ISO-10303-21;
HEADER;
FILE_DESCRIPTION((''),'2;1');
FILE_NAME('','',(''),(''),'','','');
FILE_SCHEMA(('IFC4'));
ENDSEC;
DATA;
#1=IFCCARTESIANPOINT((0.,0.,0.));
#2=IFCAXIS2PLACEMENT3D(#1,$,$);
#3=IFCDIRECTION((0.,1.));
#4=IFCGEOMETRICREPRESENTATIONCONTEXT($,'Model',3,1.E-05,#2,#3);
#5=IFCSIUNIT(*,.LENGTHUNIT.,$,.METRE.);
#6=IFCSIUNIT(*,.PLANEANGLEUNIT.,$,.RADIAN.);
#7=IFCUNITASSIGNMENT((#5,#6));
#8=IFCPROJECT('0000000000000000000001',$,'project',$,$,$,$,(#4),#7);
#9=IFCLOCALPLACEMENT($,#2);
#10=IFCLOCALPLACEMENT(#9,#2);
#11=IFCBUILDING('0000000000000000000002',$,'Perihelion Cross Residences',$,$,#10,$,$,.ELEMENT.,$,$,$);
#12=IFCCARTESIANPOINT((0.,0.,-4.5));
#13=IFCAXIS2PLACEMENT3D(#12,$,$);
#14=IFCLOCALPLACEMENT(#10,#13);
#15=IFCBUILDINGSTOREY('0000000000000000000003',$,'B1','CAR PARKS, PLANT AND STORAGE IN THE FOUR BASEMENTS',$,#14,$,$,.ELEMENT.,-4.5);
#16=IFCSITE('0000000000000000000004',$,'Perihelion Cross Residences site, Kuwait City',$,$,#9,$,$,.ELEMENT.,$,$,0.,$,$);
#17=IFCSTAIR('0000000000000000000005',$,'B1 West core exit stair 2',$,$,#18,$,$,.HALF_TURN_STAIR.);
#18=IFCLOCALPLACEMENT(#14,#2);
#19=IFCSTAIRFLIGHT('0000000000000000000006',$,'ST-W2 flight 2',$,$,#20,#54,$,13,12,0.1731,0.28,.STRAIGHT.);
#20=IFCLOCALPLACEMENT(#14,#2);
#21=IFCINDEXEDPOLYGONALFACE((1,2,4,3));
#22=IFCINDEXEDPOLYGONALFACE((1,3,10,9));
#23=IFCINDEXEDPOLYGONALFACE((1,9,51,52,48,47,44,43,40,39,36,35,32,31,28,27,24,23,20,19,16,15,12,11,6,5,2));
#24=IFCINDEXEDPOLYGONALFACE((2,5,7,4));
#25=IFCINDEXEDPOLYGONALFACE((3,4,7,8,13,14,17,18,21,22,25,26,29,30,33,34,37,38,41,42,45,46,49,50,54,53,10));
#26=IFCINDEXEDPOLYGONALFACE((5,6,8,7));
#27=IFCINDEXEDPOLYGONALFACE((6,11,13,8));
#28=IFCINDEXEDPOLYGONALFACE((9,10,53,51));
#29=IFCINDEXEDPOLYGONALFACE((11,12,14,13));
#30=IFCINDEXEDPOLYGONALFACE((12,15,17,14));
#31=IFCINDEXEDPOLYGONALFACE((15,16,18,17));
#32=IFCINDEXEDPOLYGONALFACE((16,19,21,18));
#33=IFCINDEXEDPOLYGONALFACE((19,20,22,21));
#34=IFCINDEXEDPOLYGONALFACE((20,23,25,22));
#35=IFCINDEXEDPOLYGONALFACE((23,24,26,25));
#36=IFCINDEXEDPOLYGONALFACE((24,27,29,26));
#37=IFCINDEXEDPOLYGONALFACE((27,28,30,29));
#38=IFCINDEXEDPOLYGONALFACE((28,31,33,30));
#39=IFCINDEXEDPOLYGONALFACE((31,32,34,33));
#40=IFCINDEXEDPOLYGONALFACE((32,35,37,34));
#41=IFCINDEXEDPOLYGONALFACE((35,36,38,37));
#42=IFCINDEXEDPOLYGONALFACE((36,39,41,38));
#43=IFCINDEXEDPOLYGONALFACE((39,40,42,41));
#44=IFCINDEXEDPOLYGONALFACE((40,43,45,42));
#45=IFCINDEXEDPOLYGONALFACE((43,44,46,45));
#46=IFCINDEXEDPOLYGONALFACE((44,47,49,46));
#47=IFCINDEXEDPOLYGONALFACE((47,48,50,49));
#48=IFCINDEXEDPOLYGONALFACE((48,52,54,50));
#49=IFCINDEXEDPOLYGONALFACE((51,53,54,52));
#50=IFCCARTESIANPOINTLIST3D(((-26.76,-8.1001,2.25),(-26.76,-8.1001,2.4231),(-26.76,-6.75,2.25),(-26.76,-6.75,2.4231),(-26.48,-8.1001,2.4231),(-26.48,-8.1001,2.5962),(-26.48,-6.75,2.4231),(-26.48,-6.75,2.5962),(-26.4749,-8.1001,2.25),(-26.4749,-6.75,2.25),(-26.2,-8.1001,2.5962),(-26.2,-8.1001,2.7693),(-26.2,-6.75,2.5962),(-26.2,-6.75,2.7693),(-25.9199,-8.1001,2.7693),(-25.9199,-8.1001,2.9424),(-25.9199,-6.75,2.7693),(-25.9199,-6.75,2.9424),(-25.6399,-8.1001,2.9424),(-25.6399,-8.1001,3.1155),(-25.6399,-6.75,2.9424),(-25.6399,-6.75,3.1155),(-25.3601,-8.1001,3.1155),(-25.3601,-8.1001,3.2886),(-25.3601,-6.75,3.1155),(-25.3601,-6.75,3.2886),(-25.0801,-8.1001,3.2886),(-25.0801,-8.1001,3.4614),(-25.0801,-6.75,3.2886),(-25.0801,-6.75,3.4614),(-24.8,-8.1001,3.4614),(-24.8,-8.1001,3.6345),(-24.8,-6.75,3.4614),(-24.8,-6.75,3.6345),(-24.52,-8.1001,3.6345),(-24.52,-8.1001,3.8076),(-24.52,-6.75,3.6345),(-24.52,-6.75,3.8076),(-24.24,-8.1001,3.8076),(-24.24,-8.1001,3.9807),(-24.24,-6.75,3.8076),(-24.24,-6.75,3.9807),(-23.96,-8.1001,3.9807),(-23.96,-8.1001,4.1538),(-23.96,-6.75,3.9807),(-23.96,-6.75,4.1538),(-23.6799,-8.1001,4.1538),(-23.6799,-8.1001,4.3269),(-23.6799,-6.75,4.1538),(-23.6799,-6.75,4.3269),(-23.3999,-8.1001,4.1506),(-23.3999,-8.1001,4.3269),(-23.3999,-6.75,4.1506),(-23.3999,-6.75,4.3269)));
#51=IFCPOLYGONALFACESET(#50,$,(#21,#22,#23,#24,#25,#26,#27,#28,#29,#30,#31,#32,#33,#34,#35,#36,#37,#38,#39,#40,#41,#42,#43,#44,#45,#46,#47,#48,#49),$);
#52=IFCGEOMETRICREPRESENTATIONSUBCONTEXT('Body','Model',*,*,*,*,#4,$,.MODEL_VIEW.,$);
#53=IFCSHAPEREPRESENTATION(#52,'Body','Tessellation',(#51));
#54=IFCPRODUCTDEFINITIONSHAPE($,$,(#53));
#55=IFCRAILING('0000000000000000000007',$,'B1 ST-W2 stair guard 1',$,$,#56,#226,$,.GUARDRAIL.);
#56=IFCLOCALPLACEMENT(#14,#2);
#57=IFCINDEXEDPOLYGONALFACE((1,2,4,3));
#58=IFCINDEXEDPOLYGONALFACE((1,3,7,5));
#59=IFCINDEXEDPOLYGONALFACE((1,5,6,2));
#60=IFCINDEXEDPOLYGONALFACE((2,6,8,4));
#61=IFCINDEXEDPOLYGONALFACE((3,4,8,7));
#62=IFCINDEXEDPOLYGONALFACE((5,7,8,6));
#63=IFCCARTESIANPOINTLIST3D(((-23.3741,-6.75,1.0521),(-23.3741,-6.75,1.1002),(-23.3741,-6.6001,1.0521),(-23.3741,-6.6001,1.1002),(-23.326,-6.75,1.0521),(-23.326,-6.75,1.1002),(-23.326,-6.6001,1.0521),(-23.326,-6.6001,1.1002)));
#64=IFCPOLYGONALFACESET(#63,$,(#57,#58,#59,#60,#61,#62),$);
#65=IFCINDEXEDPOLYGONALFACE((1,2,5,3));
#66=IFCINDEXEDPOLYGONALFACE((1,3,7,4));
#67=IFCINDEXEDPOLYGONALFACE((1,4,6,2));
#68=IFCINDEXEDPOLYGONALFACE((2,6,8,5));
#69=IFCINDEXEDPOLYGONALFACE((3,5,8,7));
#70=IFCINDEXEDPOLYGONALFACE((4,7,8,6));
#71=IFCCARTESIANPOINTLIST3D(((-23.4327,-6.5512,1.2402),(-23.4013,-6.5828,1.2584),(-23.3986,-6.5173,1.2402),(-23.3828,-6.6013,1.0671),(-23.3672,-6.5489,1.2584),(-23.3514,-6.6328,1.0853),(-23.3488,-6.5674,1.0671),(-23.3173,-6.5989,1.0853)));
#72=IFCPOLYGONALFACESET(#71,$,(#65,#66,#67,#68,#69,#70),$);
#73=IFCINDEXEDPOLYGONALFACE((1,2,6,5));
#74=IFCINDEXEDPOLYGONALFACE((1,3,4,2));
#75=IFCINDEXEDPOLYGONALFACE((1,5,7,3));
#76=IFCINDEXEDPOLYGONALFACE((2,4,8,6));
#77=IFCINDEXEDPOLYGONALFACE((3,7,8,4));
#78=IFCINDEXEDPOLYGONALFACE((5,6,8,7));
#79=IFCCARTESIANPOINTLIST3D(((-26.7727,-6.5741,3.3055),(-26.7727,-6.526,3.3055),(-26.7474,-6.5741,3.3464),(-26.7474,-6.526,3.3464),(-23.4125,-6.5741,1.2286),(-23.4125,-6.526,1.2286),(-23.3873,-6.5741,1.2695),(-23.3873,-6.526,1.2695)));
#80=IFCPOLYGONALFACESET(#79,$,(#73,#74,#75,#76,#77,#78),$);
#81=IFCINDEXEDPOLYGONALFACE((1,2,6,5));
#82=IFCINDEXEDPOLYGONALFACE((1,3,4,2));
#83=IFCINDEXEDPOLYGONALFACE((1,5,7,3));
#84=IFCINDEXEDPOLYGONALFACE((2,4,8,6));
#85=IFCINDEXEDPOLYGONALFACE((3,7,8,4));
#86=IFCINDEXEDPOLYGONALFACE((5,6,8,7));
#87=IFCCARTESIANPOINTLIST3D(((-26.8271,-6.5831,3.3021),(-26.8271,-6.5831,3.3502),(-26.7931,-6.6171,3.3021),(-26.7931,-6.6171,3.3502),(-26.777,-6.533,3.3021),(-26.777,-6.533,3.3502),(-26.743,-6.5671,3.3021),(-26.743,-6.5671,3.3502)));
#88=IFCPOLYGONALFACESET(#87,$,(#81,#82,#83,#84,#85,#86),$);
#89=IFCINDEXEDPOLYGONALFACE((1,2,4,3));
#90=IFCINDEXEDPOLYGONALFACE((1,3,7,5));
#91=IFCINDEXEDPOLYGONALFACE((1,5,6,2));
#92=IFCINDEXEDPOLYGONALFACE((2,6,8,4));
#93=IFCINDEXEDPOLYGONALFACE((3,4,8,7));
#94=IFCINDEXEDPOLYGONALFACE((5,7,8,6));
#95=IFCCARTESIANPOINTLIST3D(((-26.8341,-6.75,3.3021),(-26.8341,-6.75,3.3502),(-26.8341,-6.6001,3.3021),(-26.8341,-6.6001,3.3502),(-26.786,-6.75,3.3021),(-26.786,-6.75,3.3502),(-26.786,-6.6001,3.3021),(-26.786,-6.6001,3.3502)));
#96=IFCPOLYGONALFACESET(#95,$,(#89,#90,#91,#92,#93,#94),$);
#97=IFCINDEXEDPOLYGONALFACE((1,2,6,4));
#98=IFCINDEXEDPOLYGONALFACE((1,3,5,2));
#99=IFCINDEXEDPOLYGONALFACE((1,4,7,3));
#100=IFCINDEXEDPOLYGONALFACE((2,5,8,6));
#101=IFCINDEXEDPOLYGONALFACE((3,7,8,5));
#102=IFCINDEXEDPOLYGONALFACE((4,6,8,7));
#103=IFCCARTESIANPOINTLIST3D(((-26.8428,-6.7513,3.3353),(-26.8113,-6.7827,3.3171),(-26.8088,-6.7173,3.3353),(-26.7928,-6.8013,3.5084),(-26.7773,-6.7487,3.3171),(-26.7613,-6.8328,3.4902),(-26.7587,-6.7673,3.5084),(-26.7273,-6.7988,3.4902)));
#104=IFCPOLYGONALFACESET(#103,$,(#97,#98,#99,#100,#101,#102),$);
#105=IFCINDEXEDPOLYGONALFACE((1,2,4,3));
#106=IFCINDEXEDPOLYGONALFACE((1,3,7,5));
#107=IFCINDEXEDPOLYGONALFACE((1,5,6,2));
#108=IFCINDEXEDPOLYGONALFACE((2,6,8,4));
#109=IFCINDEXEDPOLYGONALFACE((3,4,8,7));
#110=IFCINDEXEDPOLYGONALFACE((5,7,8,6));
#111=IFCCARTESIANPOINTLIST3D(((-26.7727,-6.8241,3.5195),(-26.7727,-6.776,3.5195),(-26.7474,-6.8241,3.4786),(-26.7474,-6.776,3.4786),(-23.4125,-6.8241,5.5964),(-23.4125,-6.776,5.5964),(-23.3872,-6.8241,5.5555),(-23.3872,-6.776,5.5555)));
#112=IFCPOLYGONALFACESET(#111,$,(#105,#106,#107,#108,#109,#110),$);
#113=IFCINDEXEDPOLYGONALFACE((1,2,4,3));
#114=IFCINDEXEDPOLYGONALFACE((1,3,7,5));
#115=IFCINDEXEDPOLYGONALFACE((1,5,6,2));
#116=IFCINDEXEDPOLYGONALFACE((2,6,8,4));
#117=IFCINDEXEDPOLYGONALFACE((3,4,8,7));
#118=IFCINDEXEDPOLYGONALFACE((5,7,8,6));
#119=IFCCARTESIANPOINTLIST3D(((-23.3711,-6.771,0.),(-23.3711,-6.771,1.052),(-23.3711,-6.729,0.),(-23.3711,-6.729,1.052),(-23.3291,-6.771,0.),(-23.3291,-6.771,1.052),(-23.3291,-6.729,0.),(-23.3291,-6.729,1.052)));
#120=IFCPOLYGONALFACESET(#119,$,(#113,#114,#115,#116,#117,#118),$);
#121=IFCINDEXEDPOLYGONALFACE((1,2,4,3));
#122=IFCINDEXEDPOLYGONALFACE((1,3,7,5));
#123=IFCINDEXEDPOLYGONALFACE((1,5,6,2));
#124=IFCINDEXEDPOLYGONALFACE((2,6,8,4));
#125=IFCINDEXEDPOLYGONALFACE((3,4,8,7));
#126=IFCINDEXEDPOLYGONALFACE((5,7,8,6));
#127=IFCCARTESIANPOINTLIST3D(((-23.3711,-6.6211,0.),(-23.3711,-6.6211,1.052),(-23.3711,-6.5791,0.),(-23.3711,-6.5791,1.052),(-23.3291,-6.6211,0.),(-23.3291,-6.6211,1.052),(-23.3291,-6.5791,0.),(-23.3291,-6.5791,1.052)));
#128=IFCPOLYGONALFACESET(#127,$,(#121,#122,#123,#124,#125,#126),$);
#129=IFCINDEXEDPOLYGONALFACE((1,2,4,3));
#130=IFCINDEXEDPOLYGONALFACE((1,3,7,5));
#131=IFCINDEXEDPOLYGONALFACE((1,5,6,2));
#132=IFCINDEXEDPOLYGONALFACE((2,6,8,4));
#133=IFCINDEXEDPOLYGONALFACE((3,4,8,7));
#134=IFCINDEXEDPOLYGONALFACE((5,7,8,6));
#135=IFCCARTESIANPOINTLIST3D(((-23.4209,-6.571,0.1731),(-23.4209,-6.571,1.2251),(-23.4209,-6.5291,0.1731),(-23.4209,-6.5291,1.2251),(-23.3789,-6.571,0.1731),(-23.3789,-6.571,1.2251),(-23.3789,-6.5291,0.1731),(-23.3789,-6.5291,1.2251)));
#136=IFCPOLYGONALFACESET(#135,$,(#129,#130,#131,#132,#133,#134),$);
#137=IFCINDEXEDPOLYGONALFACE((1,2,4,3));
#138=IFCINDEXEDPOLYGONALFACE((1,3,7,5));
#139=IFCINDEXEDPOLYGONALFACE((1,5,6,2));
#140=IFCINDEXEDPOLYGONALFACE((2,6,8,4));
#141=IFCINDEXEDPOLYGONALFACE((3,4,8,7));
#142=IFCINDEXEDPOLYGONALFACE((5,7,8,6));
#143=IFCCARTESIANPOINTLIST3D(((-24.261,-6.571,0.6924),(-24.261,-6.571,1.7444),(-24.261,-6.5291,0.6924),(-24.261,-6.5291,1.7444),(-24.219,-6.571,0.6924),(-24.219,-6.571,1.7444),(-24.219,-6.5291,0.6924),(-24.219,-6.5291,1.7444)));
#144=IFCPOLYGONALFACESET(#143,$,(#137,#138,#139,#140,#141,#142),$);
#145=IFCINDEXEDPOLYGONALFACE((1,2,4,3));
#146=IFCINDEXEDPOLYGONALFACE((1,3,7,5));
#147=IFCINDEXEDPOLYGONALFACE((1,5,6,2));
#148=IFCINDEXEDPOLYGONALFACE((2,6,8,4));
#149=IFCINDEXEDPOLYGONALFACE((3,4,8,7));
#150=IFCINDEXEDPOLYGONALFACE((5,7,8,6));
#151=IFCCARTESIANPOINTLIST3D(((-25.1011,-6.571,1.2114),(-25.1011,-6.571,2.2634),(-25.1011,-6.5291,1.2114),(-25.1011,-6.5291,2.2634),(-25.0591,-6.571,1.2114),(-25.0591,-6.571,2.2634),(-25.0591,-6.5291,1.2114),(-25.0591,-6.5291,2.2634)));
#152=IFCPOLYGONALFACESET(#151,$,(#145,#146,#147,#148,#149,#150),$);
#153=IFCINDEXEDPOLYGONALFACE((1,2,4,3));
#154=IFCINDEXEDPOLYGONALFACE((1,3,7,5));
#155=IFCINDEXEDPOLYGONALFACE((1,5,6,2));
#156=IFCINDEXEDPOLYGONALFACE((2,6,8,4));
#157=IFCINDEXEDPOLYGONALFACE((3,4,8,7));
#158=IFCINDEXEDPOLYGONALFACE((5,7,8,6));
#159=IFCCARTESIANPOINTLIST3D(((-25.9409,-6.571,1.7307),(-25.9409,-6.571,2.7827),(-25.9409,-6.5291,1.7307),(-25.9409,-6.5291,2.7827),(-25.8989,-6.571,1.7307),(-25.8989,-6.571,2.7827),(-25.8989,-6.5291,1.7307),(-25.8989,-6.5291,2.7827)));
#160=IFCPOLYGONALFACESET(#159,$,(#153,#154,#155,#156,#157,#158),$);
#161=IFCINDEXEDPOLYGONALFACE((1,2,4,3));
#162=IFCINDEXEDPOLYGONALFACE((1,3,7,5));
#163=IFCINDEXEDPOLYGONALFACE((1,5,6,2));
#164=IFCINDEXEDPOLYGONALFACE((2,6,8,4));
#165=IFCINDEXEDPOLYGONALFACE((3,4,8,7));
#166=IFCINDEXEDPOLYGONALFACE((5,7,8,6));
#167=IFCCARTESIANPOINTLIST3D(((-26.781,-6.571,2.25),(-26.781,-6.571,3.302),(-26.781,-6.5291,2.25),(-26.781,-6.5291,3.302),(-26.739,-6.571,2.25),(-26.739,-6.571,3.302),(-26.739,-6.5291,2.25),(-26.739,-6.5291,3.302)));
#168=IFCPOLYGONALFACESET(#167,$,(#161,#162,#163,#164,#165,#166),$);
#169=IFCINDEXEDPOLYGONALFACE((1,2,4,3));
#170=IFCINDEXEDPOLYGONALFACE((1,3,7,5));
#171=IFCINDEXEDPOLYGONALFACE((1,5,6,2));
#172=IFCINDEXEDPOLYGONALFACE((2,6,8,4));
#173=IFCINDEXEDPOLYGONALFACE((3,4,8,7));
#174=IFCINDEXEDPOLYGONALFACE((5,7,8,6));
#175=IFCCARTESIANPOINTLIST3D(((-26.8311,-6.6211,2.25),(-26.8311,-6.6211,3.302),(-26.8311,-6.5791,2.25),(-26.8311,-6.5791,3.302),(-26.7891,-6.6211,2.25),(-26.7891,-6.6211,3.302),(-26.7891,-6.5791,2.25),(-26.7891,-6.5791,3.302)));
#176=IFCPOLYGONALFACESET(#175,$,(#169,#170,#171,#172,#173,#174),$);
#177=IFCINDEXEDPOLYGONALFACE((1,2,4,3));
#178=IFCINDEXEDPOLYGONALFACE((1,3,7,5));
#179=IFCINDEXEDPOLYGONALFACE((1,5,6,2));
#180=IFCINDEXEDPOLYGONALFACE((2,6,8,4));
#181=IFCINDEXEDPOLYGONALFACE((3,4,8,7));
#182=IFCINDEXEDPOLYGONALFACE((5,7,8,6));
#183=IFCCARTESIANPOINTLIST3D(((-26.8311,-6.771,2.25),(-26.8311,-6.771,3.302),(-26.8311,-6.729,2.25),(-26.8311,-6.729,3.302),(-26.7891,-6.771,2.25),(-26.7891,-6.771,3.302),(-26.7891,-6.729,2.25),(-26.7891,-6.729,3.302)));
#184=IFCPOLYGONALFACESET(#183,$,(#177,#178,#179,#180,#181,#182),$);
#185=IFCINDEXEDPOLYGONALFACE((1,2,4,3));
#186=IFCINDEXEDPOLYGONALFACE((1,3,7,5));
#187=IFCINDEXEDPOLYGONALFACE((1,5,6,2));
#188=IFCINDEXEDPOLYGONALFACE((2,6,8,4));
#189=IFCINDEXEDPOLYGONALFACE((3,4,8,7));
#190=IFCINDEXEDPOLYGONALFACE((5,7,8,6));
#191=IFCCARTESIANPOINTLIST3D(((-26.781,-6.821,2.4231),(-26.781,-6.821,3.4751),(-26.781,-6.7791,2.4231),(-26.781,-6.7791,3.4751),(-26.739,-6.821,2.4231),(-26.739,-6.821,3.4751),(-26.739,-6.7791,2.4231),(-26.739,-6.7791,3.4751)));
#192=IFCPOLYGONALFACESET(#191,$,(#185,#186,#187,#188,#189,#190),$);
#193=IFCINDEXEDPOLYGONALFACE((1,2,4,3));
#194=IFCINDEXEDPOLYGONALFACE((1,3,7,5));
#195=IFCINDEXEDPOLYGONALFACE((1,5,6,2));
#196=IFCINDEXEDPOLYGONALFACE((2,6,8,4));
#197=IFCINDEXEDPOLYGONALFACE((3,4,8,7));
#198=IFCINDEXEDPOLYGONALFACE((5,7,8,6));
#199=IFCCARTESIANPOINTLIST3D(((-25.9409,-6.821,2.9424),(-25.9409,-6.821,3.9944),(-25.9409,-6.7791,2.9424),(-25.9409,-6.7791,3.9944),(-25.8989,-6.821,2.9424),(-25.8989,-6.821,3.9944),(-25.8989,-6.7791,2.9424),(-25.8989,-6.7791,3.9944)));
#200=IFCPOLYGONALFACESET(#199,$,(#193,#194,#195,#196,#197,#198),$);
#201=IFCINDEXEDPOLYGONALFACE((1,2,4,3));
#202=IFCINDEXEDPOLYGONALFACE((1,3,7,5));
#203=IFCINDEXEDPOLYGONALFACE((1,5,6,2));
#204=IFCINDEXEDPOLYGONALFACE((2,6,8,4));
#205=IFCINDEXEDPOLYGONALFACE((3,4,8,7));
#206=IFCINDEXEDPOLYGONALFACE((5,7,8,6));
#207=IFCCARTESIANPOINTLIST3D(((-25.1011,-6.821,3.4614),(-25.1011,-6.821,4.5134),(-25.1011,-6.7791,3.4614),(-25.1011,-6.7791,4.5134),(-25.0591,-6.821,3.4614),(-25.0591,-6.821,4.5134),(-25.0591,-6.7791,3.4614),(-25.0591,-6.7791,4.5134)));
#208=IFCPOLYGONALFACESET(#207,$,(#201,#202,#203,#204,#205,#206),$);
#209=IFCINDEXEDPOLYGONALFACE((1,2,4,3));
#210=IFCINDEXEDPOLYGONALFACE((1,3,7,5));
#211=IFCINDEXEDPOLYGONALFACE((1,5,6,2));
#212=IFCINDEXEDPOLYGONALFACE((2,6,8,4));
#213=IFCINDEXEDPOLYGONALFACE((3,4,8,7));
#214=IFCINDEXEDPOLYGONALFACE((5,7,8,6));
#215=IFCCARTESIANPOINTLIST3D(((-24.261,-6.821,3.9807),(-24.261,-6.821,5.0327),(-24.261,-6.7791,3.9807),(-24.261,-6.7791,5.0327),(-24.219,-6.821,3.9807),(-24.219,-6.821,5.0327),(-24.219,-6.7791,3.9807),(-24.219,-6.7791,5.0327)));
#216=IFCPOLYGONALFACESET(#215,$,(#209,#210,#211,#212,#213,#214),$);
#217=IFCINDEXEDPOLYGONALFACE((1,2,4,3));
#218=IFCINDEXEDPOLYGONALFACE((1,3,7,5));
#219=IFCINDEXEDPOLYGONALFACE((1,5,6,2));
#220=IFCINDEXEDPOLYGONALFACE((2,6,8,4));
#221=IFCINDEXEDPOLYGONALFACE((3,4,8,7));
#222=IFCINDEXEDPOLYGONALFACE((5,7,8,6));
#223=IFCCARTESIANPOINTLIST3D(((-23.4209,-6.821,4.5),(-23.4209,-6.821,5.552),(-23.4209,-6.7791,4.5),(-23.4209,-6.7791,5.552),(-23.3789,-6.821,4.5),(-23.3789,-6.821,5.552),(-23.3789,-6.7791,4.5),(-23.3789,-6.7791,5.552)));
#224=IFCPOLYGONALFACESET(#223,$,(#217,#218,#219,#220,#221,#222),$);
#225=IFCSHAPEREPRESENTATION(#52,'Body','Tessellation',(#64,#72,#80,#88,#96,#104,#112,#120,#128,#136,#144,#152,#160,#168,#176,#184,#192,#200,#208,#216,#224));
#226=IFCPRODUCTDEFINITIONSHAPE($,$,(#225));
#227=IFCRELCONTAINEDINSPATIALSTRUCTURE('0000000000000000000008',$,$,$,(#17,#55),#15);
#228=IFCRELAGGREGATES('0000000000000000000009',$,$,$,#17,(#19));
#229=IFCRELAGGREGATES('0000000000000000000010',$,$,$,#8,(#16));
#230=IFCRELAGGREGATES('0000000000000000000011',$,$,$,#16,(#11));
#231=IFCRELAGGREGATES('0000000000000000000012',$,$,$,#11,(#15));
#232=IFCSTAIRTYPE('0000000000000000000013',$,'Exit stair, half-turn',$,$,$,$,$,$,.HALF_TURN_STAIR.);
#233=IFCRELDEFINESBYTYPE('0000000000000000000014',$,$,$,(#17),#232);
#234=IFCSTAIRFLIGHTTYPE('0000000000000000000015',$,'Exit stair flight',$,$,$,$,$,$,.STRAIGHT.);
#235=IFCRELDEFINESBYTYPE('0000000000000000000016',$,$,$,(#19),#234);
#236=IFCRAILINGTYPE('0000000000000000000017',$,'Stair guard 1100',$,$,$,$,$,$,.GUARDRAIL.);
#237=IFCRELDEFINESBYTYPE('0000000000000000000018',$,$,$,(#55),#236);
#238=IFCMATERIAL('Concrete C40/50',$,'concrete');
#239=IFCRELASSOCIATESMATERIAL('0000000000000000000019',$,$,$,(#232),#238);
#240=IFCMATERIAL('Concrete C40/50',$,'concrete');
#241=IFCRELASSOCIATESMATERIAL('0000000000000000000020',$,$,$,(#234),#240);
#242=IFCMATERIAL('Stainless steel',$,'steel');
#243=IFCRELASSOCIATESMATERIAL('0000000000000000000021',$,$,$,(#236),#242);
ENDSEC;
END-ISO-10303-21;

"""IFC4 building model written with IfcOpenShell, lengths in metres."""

from ifc_helpers import new_model, si_unit, direction, frame, origin, origin_2d, place, context, subcontext, project, spatial, polyline, rectangle, outline, extrude, material, type_object, element, aggregate, save


model = new_model("IFC4")

# Units and contexts
model_context = context("Model", 3, precision=1e-05, world=origin(), true_north=direction((0.0, 1.0)))
body_context = subcontext(model_context, "Body", "Model", "MODEL_VIEW")
ifc_project = project(units=[si_unit("LENGTHUNIT", "METRE"), si_unit("PLANEANGLEUNIT", "RADIAN")], contexts=[model_context])

# Site, building, storey
site_placement = place(None, origin())
site = spatial("IfcSite", under=ifc_project, at=site_placement, Name="Perihelion Cross Residences site, Kuwait City", CompositionType="ELEMENT", RefElevation=0.0)
building_placement = place(site_placement, origin())
building = spatial("IfcBuilding", under=site, at=building_placement, Name="Perihelion Cross Residences", CompositionType="ELEMENT")
storey_placement = place(building_placement, frame((0.0, 0.0, -4.5)))
storey = spatial("IfcBuildingStorey", under=building, at=storey_placement, Name="B1", Description="CAR PARKS, PLANT AND STORAGE IN THE FOUR BASEMENTS", CompositionType="ELEMENT", Elevation=-4.5)

# Stair, stair flight
ifc_material_1 = material(Name="Concrete C40/50", Category="concrete")
stair_type = type_object("IfcStairType", Name="Exit stair, half-turn", PredefinedType="HALF_TURN_STAIR", material=ifc_material_1)
stair_placement = place(storey_placement, origin())
stair = element("IfcStair", 1, at=stair_placement, inside=storey, type_object=stair_type, Name="B1 West core exit stair 2", PredefinedType="HALF_TURN_STAIR")
ifc_material_2 = material(Name="Concrete C40/50", Category="concrete")
stair_flight_type = type_object("IfcStairFlightType", Name="Exit stair flight", PredefinedType="STRAIGHT", material=ifc_material_2)
stair_flight_1_placement = place(storey_placement, frame((-26.76, -7.425, 2.25), z_axis=(0.0, 0.0, 1.0), x_axis=(1.0, 0.0, 0.0)))
stair_flight_1 = element("IfcStairFlight", 2, at=stair_flight_1_placement, type_object=stair_flight_type, Name="ST-W2 flight 2", NumberOfRisers=13, NumberOfTreads=12, PredefinedType="STRAIGHT", RiserHeight=0.1731, TreadLength=0.28, context=body_context, shape_type="SweptSolid", body=[
    extrude(outline(polyline([(0.0, 0.0), (0.0, 0.1731), (0.28, 0.1731), (0.28, 0.3462), (0.5601, 0.3462), (0.5601, 0.5193), (0.8401, 0.5193), (0.8401, 0.6924), (1.1201, 0.6924), (1.1201, 0.8655), (1.3999, 0.8655), (1.3999, 1.0386), (1.6799, 1.0386), (1.6799, 1.2114), (1.96, 1.2114), (1.96, 1.3845), (2.24, 1.3845), (2.24, 1.5576), (2.52, 1.5576), (2.52, 1.7307), (2.8, 1.7307), (2.8, 1.9038), (3.0801, 1.9038), (3.0801, 2.0769), (3.3601, 2.0769), (3.3601, 2.25), (3.3601, 1.9006), (0.2852, 0.0), (0.0, 0.0)])), frame((0.0, 0.675, 0.0), z_axis=(0.0, -1.0, 0.0), x_axis=(1.0, 0.0, 0.0)), (0.0, 0.0, 1.0), 1.3501),
])
aggregate(stair, [stair_flight_1])

# Railing
ifc_material_3 = material(Name="Stainless steel", Category="steel")
railing_type_1 = type_object("IfcRailingType", Name="Stair guard 1100", PredefinedType="GUARDRAIL", material=ifc_material_3)
railing_1_placement = place(storey_placement, frame((-23.3501, -6.75, 0.0)))
element("IfcRailing", 3, at=railing_1_placement, inside=storey, type_object=railing_type_1, Name="B1 ST-W2 stair guard 1", PredefinedType="GUARDRAIL", context=body_context, shape_type="SweptSolid", body=[
    extrude(rectangle(XDim=0.0481, YDim=0.0481, at=origin_2d()), frame((0.0, 0.0, 1.0762), z_axis=(0.0, 1.0, 0.0), x_axis=(-1.0, 0.0, 0.0)), (0.0, 0.0, 1.0), 0.1499),
    extrude(rectangle(XDim=0.0481, YDim=0.0481, at=origin_2d()), frame((0.0, 0.1499, 1.0762), z_axis=(-0.266417, 0.267723, 0.92593), x_axis=(-0.708834, -0.705376, 0.0)), (0.0, 0.0, 1.0), 0.187),
    extrude(rectangle(XDim=0.0481, YDim=0.0481, at=origin_2d()), frame((-0.0498, 0.2, 1.249), z_axis=(-0.850623, 0.0, 0.525776), x_axis=(0.0, -1.0, 0.0)), (0.0, 0.0, 1.0), 3.9502),
    extrude(rectangle(XDim=0.0481, YDim=0.0481, at=origin_2d()), frame((-3.4099, 0.2, 3.3262), z_axis=(-0.707107, -0.707107, 0.0), x_axis=(0.707107, -0.707107, 0.0)), (0.0, 0.0, 1.0), 0.0708),
    extrude(rectangle(XDim=0.0481, YDim=0.0481, at=origin_2d()), frame((-3.46, 0.1499, 3.3262), z_axis=(0.0, -1.0, 0.0), x_axis=(1.0, 0.0, 0.0)), (0.0, 0.0, 1.0), 0.1499),
    extrude(rectangle(XDim=0.0481, YDim=0.0481, at=origin_2d()), frame((-3.46, 0.0, 3.3262), z_axis=(0.26763, -0.26763, 0.925607), x_axis=(0.707107, 0.707107, 0.0)), (0.0, 0.0, 1.0), 0.187),
    extrude(rectangle(XDim=0.0481, YDim=0.0481, at=origin_2d()), frame((-3.4099, -0.05, 3.499), z_axis=(0.850623, 0.0, 0.525776), x_axis=(0.0, 1.0, 0.0)), (0.0, 0.0, 1.0), 3.9502),
    extrude(rectangle(XDim=0.042, YDim=0.042, at=origin_2d()), origin(), (0.0, 0.0, 1.0), 1.052),
    extrude(rectangle(XDim=0.042, YDim=0.042, at=origin_2d()), frame((0.0, 0.1499, 0.0)), (0.0, 0.0, 1.0), 1.052),
    extrude(rectangle(XDim=0.042, YDim=0.042, at=origin_2d()), frame((-0.0498, 0.2, 0.1731)), (0.0, 0.0, 1.0), 1.052),
    extrude(rectangle(XDim=0.042, YDim=0.042, at=origin_2d()), frame((-0.8899, 0.2, 0.6924)), (0.0, 0.0, 1.0), 1.052),
    extrude(rectangle(XDim=0.042, YDim=0.042, at=origin_2d()), frame((-1.73, 0.2, 1.2114)), (0.0, 0.0, 1.0), 1.052),
    extrude(rectangle(XDim=0.042, YDim=0.042, at=origin_2d()), frame((-2.5698, 0.2, 1.7307)), (0.0, 0.0, 1.0), 1.052),
    extrude(rectangle(XDim=0.042, YDim=0.042, at=origin_2d()), frame((-3.4099, 0.2, 2.25)), (0.0, 0.0, 1.0), 1.052),
    extrude(rectangle(XDim=0.042, YDim=0.042, at=origin_2d()), frame((-3.46, 0.1499, 2.25)), (0.0, 0.0, 1.0), 1.052),
    extrude(rectangle(XDim=0.042, YDim=0.042, at=origin_2d()), frame((-3.46, 0.0, 2.25)), (0.0, 0.0, 1.0), 1.052),
    extrude(rectangle(XDim=0.042, YDim=0.042, at=origin_2d()), frame((-3.4099, -0.05, 2.4231)), (0.0, 0.0, 1.0), 1.052),
    extrude(rectangle(XDim=0.042, YDim=0.042, at=origin_2d()), frame((-2.5698, -0.05, 2.9424)), (0.0, 0.0, 1.0), 1.052),
    extrude(rectangle(XDim=0.042, YDim=0.042, at=origin_2d()), frame((-1.73, -0.05, 3.4614)), (0.0, 0.0, 1.0), 1.052),
    extrude(rectangle(XDim=0.042, YDim=0.042, at=origin_2d()), frame((-0.8899, -0.05, 3.9807)), (0.0, 0.0, 1.0), 1.052),
    extrude(rectangle(XDim=0.042, YDim=0.042, at=origin_2d()), frame((-0.0498, -0.05, 4.5)), (0.0, 0.0, 1.0), 1.052),
])

save(model, "model.ifc")
